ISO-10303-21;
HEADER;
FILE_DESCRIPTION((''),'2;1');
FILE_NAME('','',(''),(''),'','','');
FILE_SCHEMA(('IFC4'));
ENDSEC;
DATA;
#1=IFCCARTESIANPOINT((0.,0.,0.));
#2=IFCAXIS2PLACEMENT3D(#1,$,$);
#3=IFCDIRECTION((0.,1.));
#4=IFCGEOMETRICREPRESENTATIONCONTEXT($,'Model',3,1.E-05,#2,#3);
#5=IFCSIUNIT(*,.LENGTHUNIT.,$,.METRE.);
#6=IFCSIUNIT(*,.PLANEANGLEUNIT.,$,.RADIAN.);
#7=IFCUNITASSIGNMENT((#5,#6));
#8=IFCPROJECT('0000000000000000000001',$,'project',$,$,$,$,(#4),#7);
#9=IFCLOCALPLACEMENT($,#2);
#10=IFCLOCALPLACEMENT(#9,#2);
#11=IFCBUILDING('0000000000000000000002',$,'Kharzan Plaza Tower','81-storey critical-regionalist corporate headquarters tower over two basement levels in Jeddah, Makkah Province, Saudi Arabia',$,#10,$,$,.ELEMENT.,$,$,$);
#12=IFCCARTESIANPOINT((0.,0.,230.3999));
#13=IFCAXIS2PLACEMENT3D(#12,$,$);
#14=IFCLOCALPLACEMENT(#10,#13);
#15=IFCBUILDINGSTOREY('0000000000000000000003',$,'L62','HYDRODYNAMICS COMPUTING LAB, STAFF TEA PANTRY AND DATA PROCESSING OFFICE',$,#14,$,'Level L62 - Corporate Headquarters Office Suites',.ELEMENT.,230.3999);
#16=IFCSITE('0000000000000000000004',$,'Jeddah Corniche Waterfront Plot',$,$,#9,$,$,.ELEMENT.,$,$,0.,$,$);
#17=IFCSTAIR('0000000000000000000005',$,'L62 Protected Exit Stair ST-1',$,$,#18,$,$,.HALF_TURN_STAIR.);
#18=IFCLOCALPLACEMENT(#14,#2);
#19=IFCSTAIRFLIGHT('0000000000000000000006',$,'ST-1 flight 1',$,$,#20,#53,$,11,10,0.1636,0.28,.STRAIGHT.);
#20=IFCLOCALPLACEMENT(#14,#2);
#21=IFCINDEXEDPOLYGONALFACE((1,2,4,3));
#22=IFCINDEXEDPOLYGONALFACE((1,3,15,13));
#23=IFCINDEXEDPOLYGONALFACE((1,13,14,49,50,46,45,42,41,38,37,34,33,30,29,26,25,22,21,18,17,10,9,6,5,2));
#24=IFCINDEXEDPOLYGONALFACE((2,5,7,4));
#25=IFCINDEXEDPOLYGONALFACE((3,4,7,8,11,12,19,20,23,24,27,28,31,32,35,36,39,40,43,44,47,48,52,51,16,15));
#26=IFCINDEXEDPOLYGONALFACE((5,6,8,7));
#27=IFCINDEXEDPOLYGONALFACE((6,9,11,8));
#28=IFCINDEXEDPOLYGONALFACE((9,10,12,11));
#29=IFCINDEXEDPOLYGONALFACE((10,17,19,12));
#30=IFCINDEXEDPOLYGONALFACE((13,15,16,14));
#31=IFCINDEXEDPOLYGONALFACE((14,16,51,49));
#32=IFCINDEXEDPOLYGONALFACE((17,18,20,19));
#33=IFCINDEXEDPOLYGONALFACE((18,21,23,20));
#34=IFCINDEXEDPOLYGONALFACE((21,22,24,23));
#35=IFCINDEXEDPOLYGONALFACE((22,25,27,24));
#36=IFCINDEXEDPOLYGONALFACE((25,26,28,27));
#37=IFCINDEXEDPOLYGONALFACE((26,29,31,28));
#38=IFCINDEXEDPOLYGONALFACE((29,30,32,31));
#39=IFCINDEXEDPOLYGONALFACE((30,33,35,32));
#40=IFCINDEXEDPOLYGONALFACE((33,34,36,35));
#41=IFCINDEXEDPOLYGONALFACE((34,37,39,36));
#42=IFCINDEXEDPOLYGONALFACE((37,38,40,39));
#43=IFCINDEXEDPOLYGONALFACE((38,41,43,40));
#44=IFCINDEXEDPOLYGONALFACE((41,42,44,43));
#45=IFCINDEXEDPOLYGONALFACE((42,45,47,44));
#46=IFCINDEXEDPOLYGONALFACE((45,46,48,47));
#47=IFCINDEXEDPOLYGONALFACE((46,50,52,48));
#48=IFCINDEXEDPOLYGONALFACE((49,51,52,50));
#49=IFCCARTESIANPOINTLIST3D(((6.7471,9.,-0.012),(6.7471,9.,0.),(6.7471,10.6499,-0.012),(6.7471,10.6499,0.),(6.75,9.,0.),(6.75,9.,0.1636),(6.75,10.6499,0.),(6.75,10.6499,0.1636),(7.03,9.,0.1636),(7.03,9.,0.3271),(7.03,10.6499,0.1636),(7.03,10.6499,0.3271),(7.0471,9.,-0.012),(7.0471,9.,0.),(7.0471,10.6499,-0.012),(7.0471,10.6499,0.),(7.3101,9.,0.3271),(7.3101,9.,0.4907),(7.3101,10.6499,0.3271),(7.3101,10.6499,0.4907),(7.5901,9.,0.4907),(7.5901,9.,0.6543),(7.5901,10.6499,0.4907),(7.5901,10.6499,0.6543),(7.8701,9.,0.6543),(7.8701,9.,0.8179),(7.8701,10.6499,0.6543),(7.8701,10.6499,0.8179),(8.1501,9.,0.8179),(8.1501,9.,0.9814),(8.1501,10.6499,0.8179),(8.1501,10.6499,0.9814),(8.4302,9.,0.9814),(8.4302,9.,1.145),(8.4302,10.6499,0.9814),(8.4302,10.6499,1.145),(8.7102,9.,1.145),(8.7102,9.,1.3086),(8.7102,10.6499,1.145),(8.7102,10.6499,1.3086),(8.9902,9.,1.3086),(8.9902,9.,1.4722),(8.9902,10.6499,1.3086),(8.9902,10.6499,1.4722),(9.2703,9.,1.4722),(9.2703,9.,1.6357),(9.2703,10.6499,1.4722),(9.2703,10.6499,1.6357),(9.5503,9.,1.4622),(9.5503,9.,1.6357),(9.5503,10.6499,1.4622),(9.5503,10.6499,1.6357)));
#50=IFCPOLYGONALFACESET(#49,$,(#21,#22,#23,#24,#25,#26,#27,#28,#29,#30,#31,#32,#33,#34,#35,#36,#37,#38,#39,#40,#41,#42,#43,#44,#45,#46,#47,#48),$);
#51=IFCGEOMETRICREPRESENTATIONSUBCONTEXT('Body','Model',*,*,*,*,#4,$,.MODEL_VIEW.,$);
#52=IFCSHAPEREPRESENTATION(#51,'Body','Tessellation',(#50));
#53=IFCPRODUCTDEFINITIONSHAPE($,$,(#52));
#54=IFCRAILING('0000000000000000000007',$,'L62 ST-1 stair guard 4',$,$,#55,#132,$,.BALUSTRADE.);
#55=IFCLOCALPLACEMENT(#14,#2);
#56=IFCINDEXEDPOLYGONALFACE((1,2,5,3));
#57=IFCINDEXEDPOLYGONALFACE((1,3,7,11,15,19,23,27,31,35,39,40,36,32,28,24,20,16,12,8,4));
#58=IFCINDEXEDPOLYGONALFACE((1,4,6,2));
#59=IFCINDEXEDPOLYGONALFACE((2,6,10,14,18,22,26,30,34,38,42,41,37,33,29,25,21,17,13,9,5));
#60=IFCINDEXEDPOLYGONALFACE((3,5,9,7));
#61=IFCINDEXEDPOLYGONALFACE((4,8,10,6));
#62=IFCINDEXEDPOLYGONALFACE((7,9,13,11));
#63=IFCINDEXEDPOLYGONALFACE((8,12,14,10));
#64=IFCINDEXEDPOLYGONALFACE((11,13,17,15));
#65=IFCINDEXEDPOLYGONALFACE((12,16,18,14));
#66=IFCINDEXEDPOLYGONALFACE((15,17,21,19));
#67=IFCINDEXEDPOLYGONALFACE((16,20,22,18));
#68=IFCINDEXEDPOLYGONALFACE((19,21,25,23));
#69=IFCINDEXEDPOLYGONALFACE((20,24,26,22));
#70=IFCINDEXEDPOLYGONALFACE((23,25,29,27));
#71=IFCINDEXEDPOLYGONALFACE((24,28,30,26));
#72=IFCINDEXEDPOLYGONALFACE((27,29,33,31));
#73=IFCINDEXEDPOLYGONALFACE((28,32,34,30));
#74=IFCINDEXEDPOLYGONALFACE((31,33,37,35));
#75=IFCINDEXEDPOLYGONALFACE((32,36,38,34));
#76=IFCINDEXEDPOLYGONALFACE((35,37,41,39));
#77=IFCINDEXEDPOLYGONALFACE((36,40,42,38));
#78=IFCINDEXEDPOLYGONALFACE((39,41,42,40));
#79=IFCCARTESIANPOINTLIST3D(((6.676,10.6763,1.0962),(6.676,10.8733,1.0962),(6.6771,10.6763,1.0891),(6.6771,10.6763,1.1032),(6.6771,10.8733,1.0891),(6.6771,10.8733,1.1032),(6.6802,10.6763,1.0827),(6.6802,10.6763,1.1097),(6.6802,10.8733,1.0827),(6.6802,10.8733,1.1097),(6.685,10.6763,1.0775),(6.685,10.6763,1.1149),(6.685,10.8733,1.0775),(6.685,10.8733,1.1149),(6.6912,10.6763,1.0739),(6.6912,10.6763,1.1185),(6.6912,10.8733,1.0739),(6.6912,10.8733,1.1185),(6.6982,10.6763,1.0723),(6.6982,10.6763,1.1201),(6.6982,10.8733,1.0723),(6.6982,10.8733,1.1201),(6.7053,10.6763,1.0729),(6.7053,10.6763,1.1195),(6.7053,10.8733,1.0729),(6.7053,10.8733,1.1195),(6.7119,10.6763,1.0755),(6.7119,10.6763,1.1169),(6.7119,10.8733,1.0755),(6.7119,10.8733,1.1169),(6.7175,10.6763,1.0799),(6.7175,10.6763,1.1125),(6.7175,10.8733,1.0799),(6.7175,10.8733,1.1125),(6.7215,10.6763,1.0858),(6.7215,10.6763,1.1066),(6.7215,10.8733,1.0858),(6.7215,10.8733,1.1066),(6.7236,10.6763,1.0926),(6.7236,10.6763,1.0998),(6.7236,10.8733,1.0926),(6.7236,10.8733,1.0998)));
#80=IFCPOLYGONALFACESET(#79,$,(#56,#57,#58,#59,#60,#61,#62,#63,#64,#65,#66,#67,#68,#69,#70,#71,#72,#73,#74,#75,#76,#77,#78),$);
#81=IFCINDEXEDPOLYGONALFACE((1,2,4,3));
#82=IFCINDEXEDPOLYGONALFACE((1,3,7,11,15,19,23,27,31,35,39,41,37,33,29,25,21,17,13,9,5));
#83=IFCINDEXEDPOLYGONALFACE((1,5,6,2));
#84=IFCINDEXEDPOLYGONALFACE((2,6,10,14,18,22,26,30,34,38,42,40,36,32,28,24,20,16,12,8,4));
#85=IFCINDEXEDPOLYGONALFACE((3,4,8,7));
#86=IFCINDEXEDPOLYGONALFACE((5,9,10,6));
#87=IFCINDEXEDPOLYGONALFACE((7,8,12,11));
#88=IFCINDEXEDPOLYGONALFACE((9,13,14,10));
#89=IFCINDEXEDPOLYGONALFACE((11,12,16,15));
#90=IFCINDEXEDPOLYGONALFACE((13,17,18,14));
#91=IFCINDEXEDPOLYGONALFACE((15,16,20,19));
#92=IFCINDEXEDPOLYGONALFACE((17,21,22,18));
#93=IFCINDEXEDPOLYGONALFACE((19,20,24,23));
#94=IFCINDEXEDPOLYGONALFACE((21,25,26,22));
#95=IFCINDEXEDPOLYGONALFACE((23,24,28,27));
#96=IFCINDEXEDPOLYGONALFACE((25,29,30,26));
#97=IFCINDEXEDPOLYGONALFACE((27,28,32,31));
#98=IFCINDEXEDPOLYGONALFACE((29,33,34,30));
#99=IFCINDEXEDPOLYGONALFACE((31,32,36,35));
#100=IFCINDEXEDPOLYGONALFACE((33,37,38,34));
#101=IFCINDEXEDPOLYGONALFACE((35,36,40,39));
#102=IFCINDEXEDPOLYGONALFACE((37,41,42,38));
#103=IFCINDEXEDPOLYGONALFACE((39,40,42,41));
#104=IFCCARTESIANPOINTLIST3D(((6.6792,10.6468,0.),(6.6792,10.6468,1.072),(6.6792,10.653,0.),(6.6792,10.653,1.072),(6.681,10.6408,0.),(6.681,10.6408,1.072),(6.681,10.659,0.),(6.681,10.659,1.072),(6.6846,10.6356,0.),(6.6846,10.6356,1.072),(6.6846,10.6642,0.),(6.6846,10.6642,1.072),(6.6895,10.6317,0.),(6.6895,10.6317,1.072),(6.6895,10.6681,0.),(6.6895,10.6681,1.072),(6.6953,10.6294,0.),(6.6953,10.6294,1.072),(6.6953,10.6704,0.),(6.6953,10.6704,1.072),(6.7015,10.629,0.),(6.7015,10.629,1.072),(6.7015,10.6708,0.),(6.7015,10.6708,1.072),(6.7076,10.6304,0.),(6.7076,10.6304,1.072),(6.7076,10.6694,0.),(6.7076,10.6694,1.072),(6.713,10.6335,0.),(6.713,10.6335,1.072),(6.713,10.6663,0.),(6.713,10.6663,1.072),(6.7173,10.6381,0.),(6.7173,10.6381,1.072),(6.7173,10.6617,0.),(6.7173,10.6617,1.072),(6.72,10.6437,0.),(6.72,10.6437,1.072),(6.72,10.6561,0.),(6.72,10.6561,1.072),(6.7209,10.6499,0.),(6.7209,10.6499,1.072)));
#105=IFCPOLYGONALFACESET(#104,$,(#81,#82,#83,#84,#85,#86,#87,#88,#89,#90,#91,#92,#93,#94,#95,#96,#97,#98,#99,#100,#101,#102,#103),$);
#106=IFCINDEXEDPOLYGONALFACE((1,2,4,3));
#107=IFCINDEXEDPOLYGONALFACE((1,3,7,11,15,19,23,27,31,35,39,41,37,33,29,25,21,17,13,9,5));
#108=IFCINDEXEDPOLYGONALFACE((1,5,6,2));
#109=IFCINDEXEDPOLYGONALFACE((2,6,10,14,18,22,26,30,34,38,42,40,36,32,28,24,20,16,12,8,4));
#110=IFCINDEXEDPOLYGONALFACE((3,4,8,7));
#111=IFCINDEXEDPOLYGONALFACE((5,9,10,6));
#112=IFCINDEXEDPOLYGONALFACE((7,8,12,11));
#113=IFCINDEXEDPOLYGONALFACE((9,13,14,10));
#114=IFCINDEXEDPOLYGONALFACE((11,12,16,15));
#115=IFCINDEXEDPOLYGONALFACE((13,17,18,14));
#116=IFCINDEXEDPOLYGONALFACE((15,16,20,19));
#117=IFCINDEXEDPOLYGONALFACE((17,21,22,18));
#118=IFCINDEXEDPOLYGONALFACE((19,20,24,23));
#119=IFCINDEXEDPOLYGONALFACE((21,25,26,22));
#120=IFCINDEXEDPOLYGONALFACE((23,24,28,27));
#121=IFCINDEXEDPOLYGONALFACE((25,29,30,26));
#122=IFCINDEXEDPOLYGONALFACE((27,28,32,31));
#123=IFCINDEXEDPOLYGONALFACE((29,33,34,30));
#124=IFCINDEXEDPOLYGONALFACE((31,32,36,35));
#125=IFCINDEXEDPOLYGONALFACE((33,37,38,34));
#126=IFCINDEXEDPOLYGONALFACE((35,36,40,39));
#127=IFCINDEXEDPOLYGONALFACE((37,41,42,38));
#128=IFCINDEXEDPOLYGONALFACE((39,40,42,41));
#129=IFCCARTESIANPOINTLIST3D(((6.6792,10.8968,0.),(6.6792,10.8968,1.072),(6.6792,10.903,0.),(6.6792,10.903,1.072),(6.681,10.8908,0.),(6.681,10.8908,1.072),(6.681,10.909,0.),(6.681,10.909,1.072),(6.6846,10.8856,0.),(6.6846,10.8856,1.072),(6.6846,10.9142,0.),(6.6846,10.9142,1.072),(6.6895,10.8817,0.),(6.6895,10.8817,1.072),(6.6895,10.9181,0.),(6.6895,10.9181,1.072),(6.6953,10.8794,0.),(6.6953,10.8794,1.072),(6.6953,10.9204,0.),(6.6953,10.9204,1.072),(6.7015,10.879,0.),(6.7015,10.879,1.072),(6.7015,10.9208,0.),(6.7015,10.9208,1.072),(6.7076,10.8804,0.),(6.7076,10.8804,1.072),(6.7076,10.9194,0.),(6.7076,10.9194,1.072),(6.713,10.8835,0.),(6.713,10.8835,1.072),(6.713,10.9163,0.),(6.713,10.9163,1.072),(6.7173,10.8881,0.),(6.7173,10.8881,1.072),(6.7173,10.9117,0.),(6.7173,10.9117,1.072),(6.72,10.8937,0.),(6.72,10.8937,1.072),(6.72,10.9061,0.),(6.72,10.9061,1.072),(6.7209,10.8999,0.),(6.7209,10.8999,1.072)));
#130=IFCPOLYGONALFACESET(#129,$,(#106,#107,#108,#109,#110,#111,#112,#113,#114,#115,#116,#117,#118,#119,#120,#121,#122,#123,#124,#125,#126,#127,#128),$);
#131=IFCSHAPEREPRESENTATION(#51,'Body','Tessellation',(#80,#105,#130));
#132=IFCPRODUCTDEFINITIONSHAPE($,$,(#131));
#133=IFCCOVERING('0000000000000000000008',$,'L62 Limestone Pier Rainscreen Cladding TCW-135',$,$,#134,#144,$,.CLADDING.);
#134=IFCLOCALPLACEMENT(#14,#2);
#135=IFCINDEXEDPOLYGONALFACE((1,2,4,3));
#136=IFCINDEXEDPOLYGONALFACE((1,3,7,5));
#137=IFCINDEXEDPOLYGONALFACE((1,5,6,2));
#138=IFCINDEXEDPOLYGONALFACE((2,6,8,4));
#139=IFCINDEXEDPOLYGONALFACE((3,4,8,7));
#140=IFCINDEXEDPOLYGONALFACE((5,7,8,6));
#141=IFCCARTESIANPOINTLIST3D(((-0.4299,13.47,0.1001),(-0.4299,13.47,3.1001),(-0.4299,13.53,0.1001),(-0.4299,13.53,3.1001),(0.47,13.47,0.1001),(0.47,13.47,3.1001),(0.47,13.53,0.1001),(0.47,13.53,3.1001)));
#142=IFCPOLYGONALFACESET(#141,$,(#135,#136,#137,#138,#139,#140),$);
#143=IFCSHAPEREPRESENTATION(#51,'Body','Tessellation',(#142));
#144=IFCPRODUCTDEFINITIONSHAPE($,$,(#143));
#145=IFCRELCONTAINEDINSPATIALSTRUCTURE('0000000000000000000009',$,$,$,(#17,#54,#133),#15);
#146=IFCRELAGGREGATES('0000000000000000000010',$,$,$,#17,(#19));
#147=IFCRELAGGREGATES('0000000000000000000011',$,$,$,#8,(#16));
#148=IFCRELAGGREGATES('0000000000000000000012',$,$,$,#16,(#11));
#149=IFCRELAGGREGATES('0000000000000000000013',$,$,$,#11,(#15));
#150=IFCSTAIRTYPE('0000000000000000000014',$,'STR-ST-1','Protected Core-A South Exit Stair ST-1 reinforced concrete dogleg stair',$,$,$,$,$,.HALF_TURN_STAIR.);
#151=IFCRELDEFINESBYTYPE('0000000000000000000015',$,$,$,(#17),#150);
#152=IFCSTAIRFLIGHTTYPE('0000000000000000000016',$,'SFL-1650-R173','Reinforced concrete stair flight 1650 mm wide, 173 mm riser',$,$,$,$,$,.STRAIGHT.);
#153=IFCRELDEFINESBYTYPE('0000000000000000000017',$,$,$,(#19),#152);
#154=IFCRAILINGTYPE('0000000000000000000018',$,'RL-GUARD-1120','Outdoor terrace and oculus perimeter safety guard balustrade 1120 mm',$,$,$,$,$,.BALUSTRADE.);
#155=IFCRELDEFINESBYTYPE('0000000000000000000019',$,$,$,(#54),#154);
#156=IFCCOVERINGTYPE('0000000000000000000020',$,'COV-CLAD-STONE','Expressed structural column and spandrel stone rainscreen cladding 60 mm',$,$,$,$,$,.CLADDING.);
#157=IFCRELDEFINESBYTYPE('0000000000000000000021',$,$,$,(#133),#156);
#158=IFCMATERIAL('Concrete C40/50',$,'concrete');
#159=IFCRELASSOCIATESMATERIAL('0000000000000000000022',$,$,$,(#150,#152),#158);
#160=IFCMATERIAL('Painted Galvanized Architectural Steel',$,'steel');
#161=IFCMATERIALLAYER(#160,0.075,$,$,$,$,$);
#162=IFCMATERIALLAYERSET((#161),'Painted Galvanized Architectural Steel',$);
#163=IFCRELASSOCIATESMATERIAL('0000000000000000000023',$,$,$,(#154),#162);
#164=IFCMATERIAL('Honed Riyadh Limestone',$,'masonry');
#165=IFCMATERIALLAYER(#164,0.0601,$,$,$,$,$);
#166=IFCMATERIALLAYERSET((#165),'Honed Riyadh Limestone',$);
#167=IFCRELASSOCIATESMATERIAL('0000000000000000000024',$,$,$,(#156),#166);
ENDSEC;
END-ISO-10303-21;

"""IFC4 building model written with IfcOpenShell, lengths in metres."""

from ifc_helpers import new_model, si_unit, direction, frame, origin, origin_2d, place, context, subcontext, project, spatial, polyline, rectangle, circle, outline, extrude, source, transform, mapped, material, layer, layer_set, type_object, element, aggregate, save


model = new_model("IFC4")

# Units and contexts
model_context = context("Model", 3, precision=1e-05, world=origin(), true_north=direction((0.0, 1.0)))
body_context = subcontext(model_context, "Body", "Model", "MODEL_VIEW")
ifc_project = project(units=[si_unit("LENGTHUNIT", "METRE"), si_unit("PLANEANGLEUNIT", "RADIAN")], contexts=[model_context])

# Site, building, storey
site_placement = place(None, origin())
site = spatial("IfcSite", under=ifc_project, at=site_placement, Name="Jeddah Corniche Waterfront Plot", CompositionType="ELEMENT", RefElevation=0.0)
building_placement = place(site_placement, origin())
building = spatial("IfcBuilding", under=site, at=building_placement, Name="Kharzan Plaza Tower", Description="81-storey critical-regionalist corporate headquarters tower over two basement levels in Jeddah, Makkah Province, Saudi Arabia", CompositionType="ELEMENT")
storey_placement = place(building_placement, frame((0.0, 0.0, 230.3999)))
storey = spatial("IfcBuildingStorey", under=building, at=storey_placement, Name="L62", Description="HYDRODYNAMICS COMPUTING LAB, STAFF TEA PANTRY AND DATA PROCESSING OFFICE", LongName="Level L62 - Corporate Headquarters Office Suites", CompositionType="ELEMENT", Elevation=230.3999)

# Shared definitions
ifc_material_1 = material(Name="Concrete C40/50", Category="concrete")

# Stair, stair flight
stair_type = type_object("IfcStairType", Name="STR-ST-1", Description="Protected Core-A South Exit Stair ST-1 reinforced concrete dogleg stair", PredefinedType="HALF_TURN_STAIR", material=ifc_material_1)
stair_placement = place(storey_placement, origin())
stair = element("IfcStair", 1, at=stair_placement, inside=storey, type_object=stair_type, Name="L62 Protected Exit Stair ST-1", PredefinedType="HALF_TURN_STAIR")
stair_flight_type = type_object("IfcStairFlightType", Name="SFL-1650-R173", Description="Reinforced concrete stair flight 1650 mm wide, 173 mm riser", PredefinedType="STRAIGHT", material=ifc_material_1)
shared_shape_1 = source(origin(), body_context, "Body", "SweptSolid", [
    extrude(outline(polyline([(-0.0029, -0.012), (-0.0029, 0.0), (0.0, 0.0), (0.0, 0.1636), (0.28, 0.1636), (0.28, 0.3271), (0.5601, 0.3271), (0.5601, 0.4907), (0.8401, 0.4907), (0.8401, 0.6543), (1.1201, 0.6543), (1.1201, 0.8179), (1.4001, 0.8179), (1.4001, 0.9814), (1.6802, 0.9814), (1.6802, 1.145), (1.9602, 1.145), (1.9602, 1.3086), (2.2402, 1.3086), (2.2402, 1.4722), (2.5203, 1.4722), (2.5203, 1.6357), (2.8003, 1.6357), (2.8003, 1.7993), (2.8003, 1.4622), (0.2971, 0.0), (0.2971, -0.012), (-0.0029, -0.012)])), frame((0.0, 0.825, 0.0), z_axis=(0.0, -1.0, 0.0), x_axis=(1.0, 0.0, 0.0)), (0.0, 0.0, 1.0), 1.6499),
])
stair_flight_placement = place(storey_placement, frame((6.75, 9.825, 0.0), z_axis=(0.0, 0.0, 1.0), x_axis=(1.0, 0.0, 0.0)))
stair_flight = element("IfcStairFlight", 2, at=stair_flight_placement, type_object=stair_flight_type, Name="ST-1 flight 1", NumberOfRisers=11, NumberOfTreads=10, PredefinedType="STRAIGHT", RiserHeight=0.1636, TreadLength=0.28, context=body_context, shape_type="MappedRepresentation", body=[
    mapped(shared_shape_1, transform((0.0, 0.0, 0.0), x_axis=(1.0, 0.0, 0.0), y_axis=(0.0, 1.0, 0.0), z_axis=(0.0, 0.0, 1.0))),
])
aggregate(stair, [stair_flight])

# Railing
ifc_material_2 = material(Name="Painted Galvanized Architectural Steel", Category="steel")
ifc_layer_1 = layer(ifc_material_2, 0.075)
ifc_layer_set_1 = layer_set([ifc_layer_1], Name="Painted Galvanized Architectural Steel")
railing_type_1 = type_object("IfcRailingType", Name="RL-GUARD-1120", Description="Outdoor terrace and oculus perimeter safety guard balustrade 1120 mm", PredefinedType="BALUSTRADE", material=ifc_layer_set_1)
shared_shape_2 = source(origin(), body_context, "Body", "SweptSolid", [
    extrude(circle(Radius=0.0239, at=origin_2d()), frame((0.0, 0.0264, 1.0962), z_axis=(0.0, 1.0, 0.0), x_axis=(-1.0, 0.0, 0.0)), (0.0, 0.0, 1.0), 0.197),
    extrude(circle(Radius=0.021, at=origin_2d()), origin(), (0.0, 0.0, 1.0), 1.072),
    extrude(circle(Radius=0.021, at=origin_2d()), frame((0.0, 0.25, 0.0)), (0.0, 0.0, 1.0), 1.072),
])
railing_1_placement = place(storey_placement, frame((6.7, 10.6499, 0.0)))
element("IfcRailing", 3, at=railing_1_placement, inside=storey, type_object=railing_type_1, Name="L62 ST-1 stair guard 4", PredefinedType="BALUSTRADE", context=body_context, shape_type="MappedRepresentation", body=[
    mapped(shared_shape_2, transform((0.0, 0.0, 0.0), x_axis=(1.0, 0.0, 0.0), y_axis=(0.0, 1.0, 0.0), z_axis=(0.0, 0.0, 1.0))),
])

# Covering
ifc_material_3 = material(Name="Honed Riyadh Limestone", Category="masonry")
ifc_layer_2 = layer(ifc_material_3, 0.0601)
ifc_layer_set_2 = layer_set([ifc_layer_2], Name="Honed Riyadh Limestone")
covering_type = type_object("IfcCoveringType", Name="COV-CLAD-STONE", Description="Expressed structural column and spandrel stone rainscreen cladding 60 mm", PredefinedType="CLADDING", material=ifc_layer_set_2)
shared_shape_3 = source(origin(), body_context, "Body", "SweptSolid", [
    extrude(rectangle(XDim=0.0601, YDim=0.8999, at=origin_2d()), origin(), (0.0, 0.0, 1.0), 3.0),
])
covering_placement = place(storey_placement, frame((0.02, 13.5, 0.1001), z_axis=(0.0, 0.0, 1.0), x_axis=(0.0, 1.0, 0.0)))
element("IfcCovering", 4, at=covering_placement, inside=storey, type_object=covering_type, Name="L62 Limestone Pier Rainscreen Cladding TCW-135", PredefinedType="CLADDING", context=body_context, shape_type="MappedRepresentation", body=[
    mapped(shared_shape_3, transform((0.0, 0.0, 0.0), x_axis=(1.0, 0.0, 0.0), y_axis=(0.0, 1.0, 0.0), z_axis=(0.0, 0.0, 1.0))),
])

save(model, "model.ifc")
